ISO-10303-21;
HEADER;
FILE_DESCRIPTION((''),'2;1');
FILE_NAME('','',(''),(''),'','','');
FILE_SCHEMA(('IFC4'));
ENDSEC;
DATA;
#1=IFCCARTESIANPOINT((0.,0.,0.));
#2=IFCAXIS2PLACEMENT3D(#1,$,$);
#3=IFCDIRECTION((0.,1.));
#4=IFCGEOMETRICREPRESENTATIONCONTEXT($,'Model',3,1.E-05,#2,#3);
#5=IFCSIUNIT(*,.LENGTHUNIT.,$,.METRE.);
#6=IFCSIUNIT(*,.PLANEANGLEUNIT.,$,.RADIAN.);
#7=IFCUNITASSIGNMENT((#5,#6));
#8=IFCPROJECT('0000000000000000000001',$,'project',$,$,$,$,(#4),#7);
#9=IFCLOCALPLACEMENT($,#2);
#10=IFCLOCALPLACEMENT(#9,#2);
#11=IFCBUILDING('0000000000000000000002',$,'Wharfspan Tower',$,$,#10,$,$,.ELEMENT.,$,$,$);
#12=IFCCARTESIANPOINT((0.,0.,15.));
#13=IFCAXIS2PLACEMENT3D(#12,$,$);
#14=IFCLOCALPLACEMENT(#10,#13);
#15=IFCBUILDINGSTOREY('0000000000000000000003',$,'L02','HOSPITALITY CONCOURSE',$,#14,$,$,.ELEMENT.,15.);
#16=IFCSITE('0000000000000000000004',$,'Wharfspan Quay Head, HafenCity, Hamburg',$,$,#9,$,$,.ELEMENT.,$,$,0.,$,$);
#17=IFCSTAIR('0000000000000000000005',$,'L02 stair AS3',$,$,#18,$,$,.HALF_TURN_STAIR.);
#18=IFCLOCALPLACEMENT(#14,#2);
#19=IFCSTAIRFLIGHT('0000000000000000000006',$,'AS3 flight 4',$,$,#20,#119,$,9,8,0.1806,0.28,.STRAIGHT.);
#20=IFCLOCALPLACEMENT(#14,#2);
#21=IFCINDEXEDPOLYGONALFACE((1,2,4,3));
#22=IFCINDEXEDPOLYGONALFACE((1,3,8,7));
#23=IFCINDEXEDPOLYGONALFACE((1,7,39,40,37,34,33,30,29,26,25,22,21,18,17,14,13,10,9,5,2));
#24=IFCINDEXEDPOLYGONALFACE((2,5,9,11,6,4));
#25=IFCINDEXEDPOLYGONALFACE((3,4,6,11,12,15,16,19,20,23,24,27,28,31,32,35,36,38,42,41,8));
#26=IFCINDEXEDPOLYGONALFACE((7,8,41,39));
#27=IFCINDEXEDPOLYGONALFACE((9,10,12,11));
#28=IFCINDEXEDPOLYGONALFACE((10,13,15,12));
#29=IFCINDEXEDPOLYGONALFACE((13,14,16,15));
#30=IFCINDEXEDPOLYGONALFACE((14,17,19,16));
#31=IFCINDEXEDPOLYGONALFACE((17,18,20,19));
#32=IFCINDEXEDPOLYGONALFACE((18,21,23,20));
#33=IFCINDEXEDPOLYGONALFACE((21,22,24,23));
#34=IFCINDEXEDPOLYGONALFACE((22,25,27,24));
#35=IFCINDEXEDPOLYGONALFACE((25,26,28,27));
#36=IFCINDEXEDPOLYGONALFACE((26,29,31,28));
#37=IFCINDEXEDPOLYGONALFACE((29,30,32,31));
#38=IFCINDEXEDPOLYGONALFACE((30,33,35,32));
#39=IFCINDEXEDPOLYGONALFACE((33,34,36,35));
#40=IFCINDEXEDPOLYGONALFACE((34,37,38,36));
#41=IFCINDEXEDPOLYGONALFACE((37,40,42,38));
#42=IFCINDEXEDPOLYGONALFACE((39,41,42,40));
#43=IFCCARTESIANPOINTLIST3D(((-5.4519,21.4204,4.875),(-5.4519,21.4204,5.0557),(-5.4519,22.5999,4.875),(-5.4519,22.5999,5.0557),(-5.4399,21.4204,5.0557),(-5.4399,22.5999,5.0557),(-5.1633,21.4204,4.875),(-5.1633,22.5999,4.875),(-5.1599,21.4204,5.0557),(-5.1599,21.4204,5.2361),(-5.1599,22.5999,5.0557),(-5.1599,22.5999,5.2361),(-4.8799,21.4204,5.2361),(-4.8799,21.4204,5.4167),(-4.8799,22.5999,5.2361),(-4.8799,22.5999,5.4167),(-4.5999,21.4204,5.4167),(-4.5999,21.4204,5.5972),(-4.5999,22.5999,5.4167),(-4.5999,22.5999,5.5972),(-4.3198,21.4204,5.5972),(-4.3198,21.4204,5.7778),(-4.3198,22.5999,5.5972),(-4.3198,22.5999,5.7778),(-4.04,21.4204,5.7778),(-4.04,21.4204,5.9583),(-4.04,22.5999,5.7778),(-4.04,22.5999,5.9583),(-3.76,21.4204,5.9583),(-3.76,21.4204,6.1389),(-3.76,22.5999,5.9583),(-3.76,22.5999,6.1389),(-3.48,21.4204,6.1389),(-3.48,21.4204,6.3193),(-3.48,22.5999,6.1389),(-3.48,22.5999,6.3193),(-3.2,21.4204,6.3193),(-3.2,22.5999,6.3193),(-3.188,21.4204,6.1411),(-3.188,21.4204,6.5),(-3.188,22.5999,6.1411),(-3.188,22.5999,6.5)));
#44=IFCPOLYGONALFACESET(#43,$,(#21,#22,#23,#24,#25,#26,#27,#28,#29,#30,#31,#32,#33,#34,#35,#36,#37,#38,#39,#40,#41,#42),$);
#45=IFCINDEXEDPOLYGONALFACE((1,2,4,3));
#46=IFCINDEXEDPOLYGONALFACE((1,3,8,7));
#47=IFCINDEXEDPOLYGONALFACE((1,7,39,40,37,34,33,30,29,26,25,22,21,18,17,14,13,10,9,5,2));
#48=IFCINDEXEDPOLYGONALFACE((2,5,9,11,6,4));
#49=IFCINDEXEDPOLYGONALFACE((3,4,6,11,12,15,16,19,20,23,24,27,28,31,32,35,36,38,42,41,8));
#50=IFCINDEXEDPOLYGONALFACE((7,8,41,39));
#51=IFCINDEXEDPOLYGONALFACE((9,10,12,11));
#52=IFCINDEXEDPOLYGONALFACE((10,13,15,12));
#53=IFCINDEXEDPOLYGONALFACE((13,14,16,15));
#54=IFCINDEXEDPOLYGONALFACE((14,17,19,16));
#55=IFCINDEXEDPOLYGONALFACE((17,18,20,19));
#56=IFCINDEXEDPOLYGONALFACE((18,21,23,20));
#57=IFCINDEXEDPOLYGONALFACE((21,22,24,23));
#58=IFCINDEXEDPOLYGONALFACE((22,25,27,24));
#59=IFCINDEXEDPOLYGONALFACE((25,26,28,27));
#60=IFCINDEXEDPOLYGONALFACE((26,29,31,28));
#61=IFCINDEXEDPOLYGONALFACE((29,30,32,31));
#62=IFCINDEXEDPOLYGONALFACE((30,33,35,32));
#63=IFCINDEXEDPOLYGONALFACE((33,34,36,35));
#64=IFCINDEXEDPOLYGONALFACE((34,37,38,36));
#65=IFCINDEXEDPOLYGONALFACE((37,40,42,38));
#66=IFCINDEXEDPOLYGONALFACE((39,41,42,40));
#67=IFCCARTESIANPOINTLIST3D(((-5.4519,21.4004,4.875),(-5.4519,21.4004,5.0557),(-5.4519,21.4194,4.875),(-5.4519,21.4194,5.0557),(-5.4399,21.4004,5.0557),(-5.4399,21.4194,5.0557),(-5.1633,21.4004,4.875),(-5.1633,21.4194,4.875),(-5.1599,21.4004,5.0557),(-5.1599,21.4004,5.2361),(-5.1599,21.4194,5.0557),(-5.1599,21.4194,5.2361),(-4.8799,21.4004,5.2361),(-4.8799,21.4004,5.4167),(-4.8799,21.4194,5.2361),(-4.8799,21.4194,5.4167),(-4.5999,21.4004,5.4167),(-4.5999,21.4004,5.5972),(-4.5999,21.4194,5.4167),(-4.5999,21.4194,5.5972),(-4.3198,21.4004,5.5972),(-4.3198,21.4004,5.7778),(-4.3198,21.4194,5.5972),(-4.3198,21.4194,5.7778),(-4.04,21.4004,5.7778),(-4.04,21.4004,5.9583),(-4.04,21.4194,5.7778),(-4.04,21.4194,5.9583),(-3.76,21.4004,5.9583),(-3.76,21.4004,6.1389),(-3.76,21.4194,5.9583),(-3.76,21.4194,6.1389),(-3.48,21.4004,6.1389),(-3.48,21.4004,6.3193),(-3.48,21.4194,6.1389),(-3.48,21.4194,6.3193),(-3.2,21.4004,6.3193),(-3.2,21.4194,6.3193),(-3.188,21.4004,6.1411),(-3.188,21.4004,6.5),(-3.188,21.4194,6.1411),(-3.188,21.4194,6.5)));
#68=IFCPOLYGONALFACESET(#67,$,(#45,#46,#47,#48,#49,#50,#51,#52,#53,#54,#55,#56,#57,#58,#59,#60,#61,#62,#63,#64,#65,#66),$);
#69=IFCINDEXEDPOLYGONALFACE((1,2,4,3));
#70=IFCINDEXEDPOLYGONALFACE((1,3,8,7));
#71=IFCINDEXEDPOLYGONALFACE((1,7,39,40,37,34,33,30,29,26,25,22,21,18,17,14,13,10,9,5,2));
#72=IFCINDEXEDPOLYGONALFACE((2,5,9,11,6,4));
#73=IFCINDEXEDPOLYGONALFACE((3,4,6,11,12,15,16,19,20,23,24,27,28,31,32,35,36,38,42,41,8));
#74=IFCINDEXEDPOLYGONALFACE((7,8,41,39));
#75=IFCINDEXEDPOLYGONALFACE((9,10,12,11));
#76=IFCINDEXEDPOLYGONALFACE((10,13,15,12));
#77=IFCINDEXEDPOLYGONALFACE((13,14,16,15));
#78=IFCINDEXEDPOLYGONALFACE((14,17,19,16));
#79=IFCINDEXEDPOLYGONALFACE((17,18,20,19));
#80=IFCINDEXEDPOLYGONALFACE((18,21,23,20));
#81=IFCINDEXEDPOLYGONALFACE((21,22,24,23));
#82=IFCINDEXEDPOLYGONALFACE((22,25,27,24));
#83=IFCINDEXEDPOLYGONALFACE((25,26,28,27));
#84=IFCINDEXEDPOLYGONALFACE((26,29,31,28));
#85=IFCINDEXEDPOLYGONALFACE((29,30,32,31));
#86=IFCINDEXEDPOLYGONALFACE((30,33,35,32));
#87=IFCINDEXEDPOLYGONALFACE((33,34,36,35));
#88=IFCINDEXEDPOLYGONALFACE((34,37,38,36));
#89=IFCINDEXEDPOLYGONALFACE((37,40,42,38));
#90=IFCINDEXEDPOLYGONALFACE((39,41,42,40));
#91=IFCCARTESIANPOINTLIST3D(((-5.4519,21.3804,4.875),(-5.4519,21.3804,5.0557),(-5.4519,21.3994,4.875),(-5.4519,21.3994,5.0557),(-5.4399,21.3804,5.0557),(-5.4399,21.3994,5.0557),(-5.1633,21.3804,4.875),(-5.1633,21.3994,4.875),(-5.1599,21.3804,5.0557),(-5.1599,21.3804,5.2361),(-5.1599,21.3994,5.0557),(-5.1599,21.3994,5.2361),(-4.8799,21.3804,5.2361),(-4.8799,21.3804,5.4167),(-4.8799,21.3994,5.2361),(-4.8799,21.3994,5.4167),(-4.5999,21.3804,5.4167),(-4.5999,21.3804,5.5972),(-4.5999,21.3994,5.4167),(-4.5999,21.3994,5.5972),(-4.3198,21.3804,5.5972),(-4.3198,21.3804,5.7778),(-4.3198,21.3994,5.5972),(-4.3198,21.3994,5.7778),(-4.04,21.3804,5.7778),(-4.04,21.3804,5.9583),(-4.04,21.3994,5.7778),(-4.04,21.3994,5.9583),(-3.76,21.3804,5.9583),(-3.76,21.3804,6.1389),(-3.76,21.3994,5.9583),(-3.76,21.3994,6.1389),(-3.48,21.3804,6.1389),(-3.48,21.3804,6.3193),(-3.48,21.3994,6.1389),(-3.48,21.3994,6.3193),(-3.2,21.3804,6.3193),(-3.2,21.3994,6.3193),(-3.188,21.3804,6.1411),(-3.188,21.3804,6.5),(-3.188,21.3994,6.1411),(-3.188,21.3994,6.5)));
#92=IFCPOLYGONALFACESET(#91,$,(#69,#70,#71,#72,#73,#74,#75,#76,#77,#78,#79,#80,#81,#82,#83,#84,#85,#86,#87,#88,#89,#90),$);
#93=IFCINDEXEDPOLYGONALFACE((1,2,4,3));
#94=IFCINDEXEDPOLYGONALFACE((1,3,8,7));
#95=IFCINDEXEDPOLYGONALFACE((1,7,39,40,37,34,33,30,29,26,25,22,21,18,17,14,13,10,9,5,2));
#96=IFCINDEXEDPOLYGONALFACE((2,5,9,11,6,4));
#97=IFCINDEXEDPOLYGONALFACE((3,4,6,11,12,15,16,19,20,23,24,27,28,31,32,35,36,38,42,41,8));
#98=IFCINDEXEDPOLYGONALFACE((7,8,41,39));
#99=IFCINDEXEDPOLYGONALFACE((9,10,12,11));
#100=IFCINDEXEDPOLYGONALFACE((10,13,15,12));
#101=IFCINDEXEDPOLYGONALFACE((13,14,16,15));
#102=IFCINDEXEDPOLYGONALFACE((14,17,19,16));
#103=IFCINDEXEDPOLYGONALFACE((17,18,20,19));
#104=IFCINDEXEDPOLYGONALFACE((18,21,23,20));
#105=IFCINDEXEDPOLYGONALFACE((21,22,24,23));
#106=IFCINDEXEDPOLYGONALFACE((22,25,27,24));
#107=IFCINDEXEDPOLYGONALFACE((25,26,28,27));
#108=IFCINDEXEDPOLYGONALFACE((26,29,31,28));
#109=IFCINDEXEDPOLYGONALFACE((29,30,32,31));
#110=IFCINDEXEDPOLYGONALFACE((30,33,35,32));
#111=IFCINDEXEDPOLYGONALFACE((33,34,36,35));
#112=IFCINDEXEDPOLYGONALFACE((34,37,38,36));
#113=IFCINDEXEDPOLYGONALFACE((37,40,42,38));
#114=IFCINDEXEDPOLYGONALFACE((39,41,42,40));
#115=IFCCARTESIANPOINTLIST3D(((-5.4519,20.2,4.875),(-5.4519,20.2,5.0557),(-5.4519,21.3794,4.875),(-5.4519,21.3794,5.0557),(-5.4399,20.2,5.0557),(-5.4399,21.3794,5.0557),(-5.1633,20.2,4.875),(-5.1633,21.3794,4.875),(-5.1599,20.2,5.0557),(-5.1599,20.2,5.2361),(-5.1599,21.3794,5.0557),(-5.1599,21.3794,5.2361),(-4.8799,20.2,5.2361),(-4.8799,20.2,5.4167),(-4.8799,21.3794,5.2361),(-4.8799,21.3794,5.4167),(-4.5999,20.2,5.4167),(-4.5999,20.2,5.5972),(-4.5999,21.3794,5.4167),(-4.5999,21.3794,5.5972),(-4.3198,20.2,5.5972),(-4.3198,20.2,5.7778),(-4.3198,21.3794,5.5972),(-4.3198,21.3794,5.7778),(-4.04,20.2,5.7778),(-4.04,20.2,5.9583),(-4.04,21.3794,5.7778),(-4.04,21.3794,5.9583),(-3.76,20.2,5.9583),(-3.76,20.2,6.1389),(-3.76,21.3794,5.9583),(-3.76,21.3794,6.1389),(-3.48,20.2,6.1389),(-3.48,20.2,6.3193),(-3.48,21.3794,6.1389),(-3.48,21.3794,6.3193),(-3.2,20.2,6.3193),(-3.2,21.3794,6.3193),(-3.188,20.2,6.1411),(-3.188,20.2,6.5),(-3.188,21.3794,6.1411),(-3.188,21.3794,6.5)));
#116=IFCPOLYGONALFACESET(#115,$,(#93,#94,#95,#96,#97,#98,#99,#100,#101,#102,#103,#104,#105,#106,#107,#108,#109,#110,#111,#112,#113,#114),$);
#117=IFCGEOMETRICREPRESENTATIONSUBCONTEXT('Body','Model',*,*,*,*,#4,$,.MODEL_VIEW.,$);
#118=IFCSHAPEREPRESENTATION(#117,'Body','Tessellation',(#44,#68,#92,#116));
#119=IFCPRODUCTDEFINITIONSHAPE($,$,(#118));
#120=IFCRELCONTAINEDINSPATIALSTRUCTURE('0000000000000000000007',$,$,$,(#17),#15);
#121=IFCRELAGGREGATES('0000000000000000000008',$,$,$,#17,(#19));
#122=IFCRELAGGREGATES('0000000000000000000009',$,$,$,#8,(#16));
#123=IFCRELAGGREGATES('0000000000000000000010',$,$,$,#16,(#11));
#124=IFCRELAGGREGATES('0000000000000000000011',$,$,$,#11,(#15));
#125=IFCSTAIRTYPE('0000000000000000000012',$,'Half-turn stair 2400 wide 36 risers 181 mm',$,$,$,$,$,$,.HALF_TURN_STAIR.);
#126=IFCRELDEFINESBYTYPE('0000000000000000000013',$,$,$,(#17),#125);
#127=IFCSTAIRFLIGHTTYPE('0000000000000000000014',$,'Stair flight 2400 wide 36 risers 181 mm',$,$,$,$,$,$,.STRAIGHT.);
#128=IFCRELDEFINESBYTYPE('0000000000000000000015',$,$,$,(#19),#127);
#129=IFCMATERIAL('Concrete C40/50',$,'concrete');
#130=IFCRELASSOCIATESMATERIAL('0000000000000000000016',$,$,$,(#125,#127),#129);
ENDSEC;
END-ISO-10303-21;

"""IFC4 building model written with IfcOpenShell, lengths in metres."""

from ifc_helpers import new_model, si_unit, direction, frame, origin, place, context, subcontext, project, spatial, polyline, outline, extrude, material, type_object, element, aggregate, save


model = new_model("IFC4")

# Units and contexts
model_context = context("Model", 3, precision=1e-05, world=origin(), true_north=direction((0.0, 1.0)))
body_context = subcontext(model_context, "Body", "Model", "MODEL_VIEW")
ifc_project = project(units=[si_unit("LENGTHUNIT", "METRE"), si_unit("PLANEANGLEUNIT", "RADIAN")], contexts=[model_context])

# Site, building, storey
site_placement = place(None, origin())
site = spatial("IfcSite", under=ifc_project, at=site_placement, Name="Wharfspan Quay Head, HafenCity, Hamburg", CompositionType="ELEMENT", RefElevation=0.0)
building_placement = place(site_placement, origin())
building = spatial("IfcBuilding", under=site, at=building_placement, Name="Wharfspan Tower", CompositionType="ELEMENT")
storey_placement = place(building_placement, frame((0.0, 0.0, 15.0)))
storey = spatial("IfcBuildingStorey", under=building, at=storey_placement, Name="L02", Description="HOSPITALITY CONCOURSE", CompositionType="ELEMENT", Elevation=15.0)

# Stair, stair flight
ifc_material_1 = material(Name="Concrete C40/50", Category="concrete")
stair_type = type_object("IfcStairType", Name="Half-turn stair 2400 wide 36 risers 181 mm", PredefinedType="HALF_TURN_STAIR", material=ifc_material_1)
stair_1_placement = place(storey_placement, origin())
stair_1 = element("IfcStair", 1, at=stair_1_placement, inside=storey, type_object=stair_type, Name="L02 stair AS3", PredefinedType="HALF_TURN_STAIR")
stair_flight_type = type_object("IfcStairFlightType", Name="Stair flight 2400 wide 36 risers 181 mm", PredefinedType="STRAIGHT", material=ifc_material_1)
stair_flight_1_placement = place(storey_placement, frame((-5.4399, 21.3999, 4.875), z_axis=(0.0, 0.0, 1.0), x_axis=(1.0, 0.0, 0.0)))
stair_flight_1 = element("IfcStairFlight", 2, at=stair_flight_1_placement, type_object=stair_flight_type, Name="AS3 flight 4", NumberOfRisers=9, NumberOfTreads=8, PredefinedType="STRAIGHT", RiserHeight=0.1806, TreadLength=0.28, context=body_context, shape_type="SweptSolid", body=[
    extrude(outline(polyline([(-0.012, 0.0), (-0.012, 0.1807), (0.0, 0.1807), (0.28, 0.1807), (0.28, 0.3611), (0.5601, 0.3611), (0.5601, 0.5417), (0.8401, 0.5417), (0.8401, 0.7222), (1.1201, 0.7222), (1.1201, 0.9028), (1.3999, 0.9028), (1.3999, 1.0833), (1.6799, 1.0833), (1.6799, 1.2639), (1.96, 1.2639), (1.96, 1.4443), (2.24, 1.4443), (2.252, 1.625), (2.252, 1.2661), (0.2766, 0.0), (-0.012, 0.0)])), frame((0.0, 1.2, 0.0), z_axis=(0.0, -1.0, 0.0), x_axis=(1.0, 0.0, 0.0)), (0.0, 0.0, 1.0), 1.1794),
    extrude(outline(polyline([(-0.012, 0.0), (-0.012, 0.1807), (0.0, 0.1807), (0.28, 0.1807), (0.28, 0.3611), (0.5601, 0.3611), (0.5601, 0.5417), (0.8401, 0.5417), (0.8401, 0.7222), (1.1201, 0.7222), (1.1201, 0.9028), (1.3999, 0.9028), (1.3999, 1.0833), (1.6799, 1.0833), (1.6799, 1.2639), (1.96, 1.2639), (1.96, 1.4443), (2.24, 1.4443), (2.252, 1.625), (2.252, 1.2661), (0.2766, 0.0), (-0.012, 0.0)])), frame((0.0, 0.0195, 0.0), z_axis=(0.0, -1.0, 0.0), x_axis=(1.0, 0.0, 0.0)), (0.0, 0.0, 1.0), 0.019),
    extrude(outline(polyline([(-0.012, 0.0), (-0.012, 0.1807), (0.0, 0.1807), (0.28, 0.1807), (0.28, 0.3611), (0.5601, 0.3611), (0.5601, 0.5417), (0.8401, 0.5417), (0.8401, 0.7222), (1.1201, 0.7222), (1.1201, 0.9028), (1.3999, 0.9028), (1.3999, 1.0833), (1.6799, 1.0833), (1.6799, 1.2639), (1.96, 1.2639), (1.96, 1.4443), (2.24, 1.4443), (2.252, 1.625), (2.252, 1.2661), (0.2766, 0.0), (-0.012, 0.0)])), frame((0.0, -0.0005, 0.0), z_axis=(0.0, -1.0, 0.0), x_axis=(1.0, 0.0, 0.0)), (0.0, 0.0, 1.0), 0.019),
    extrude(outline(polyline([(-0.012, 0.0), (-0.012, 0.1807), (0.0, 0.1807), (0.28, 0.1807), (0.28, 0.3611), (0.5601, 0.3611), (0.5601, 0.5417), (0.8401, 0.5417), (0.8401, 0.7222), (1.1201, 0.7222), (1.1201, 0.9028), (1.3999, 0.9028), (1.3999, 1.0833), (1.6799, 1.0833), (1.6799, 1.2639), (1.96, 1.2639), (1.96, 1.4443), (2.24, 1.4443), (2.252, 1.625), (2.252, 1.2661), (0.2766, 0.0), (-0.012, 0.0)])), frame((0.0, -0.0205, 0.0), z_axis=(0.0, -1.0, 0.0), x_axis=(1.0, 0.0, 0.0)), (0.0, 0.0, 1.0), 1.1794),
])
aggregate(stair_1, [stair_flight_1])

save(model, "model.ifc")
